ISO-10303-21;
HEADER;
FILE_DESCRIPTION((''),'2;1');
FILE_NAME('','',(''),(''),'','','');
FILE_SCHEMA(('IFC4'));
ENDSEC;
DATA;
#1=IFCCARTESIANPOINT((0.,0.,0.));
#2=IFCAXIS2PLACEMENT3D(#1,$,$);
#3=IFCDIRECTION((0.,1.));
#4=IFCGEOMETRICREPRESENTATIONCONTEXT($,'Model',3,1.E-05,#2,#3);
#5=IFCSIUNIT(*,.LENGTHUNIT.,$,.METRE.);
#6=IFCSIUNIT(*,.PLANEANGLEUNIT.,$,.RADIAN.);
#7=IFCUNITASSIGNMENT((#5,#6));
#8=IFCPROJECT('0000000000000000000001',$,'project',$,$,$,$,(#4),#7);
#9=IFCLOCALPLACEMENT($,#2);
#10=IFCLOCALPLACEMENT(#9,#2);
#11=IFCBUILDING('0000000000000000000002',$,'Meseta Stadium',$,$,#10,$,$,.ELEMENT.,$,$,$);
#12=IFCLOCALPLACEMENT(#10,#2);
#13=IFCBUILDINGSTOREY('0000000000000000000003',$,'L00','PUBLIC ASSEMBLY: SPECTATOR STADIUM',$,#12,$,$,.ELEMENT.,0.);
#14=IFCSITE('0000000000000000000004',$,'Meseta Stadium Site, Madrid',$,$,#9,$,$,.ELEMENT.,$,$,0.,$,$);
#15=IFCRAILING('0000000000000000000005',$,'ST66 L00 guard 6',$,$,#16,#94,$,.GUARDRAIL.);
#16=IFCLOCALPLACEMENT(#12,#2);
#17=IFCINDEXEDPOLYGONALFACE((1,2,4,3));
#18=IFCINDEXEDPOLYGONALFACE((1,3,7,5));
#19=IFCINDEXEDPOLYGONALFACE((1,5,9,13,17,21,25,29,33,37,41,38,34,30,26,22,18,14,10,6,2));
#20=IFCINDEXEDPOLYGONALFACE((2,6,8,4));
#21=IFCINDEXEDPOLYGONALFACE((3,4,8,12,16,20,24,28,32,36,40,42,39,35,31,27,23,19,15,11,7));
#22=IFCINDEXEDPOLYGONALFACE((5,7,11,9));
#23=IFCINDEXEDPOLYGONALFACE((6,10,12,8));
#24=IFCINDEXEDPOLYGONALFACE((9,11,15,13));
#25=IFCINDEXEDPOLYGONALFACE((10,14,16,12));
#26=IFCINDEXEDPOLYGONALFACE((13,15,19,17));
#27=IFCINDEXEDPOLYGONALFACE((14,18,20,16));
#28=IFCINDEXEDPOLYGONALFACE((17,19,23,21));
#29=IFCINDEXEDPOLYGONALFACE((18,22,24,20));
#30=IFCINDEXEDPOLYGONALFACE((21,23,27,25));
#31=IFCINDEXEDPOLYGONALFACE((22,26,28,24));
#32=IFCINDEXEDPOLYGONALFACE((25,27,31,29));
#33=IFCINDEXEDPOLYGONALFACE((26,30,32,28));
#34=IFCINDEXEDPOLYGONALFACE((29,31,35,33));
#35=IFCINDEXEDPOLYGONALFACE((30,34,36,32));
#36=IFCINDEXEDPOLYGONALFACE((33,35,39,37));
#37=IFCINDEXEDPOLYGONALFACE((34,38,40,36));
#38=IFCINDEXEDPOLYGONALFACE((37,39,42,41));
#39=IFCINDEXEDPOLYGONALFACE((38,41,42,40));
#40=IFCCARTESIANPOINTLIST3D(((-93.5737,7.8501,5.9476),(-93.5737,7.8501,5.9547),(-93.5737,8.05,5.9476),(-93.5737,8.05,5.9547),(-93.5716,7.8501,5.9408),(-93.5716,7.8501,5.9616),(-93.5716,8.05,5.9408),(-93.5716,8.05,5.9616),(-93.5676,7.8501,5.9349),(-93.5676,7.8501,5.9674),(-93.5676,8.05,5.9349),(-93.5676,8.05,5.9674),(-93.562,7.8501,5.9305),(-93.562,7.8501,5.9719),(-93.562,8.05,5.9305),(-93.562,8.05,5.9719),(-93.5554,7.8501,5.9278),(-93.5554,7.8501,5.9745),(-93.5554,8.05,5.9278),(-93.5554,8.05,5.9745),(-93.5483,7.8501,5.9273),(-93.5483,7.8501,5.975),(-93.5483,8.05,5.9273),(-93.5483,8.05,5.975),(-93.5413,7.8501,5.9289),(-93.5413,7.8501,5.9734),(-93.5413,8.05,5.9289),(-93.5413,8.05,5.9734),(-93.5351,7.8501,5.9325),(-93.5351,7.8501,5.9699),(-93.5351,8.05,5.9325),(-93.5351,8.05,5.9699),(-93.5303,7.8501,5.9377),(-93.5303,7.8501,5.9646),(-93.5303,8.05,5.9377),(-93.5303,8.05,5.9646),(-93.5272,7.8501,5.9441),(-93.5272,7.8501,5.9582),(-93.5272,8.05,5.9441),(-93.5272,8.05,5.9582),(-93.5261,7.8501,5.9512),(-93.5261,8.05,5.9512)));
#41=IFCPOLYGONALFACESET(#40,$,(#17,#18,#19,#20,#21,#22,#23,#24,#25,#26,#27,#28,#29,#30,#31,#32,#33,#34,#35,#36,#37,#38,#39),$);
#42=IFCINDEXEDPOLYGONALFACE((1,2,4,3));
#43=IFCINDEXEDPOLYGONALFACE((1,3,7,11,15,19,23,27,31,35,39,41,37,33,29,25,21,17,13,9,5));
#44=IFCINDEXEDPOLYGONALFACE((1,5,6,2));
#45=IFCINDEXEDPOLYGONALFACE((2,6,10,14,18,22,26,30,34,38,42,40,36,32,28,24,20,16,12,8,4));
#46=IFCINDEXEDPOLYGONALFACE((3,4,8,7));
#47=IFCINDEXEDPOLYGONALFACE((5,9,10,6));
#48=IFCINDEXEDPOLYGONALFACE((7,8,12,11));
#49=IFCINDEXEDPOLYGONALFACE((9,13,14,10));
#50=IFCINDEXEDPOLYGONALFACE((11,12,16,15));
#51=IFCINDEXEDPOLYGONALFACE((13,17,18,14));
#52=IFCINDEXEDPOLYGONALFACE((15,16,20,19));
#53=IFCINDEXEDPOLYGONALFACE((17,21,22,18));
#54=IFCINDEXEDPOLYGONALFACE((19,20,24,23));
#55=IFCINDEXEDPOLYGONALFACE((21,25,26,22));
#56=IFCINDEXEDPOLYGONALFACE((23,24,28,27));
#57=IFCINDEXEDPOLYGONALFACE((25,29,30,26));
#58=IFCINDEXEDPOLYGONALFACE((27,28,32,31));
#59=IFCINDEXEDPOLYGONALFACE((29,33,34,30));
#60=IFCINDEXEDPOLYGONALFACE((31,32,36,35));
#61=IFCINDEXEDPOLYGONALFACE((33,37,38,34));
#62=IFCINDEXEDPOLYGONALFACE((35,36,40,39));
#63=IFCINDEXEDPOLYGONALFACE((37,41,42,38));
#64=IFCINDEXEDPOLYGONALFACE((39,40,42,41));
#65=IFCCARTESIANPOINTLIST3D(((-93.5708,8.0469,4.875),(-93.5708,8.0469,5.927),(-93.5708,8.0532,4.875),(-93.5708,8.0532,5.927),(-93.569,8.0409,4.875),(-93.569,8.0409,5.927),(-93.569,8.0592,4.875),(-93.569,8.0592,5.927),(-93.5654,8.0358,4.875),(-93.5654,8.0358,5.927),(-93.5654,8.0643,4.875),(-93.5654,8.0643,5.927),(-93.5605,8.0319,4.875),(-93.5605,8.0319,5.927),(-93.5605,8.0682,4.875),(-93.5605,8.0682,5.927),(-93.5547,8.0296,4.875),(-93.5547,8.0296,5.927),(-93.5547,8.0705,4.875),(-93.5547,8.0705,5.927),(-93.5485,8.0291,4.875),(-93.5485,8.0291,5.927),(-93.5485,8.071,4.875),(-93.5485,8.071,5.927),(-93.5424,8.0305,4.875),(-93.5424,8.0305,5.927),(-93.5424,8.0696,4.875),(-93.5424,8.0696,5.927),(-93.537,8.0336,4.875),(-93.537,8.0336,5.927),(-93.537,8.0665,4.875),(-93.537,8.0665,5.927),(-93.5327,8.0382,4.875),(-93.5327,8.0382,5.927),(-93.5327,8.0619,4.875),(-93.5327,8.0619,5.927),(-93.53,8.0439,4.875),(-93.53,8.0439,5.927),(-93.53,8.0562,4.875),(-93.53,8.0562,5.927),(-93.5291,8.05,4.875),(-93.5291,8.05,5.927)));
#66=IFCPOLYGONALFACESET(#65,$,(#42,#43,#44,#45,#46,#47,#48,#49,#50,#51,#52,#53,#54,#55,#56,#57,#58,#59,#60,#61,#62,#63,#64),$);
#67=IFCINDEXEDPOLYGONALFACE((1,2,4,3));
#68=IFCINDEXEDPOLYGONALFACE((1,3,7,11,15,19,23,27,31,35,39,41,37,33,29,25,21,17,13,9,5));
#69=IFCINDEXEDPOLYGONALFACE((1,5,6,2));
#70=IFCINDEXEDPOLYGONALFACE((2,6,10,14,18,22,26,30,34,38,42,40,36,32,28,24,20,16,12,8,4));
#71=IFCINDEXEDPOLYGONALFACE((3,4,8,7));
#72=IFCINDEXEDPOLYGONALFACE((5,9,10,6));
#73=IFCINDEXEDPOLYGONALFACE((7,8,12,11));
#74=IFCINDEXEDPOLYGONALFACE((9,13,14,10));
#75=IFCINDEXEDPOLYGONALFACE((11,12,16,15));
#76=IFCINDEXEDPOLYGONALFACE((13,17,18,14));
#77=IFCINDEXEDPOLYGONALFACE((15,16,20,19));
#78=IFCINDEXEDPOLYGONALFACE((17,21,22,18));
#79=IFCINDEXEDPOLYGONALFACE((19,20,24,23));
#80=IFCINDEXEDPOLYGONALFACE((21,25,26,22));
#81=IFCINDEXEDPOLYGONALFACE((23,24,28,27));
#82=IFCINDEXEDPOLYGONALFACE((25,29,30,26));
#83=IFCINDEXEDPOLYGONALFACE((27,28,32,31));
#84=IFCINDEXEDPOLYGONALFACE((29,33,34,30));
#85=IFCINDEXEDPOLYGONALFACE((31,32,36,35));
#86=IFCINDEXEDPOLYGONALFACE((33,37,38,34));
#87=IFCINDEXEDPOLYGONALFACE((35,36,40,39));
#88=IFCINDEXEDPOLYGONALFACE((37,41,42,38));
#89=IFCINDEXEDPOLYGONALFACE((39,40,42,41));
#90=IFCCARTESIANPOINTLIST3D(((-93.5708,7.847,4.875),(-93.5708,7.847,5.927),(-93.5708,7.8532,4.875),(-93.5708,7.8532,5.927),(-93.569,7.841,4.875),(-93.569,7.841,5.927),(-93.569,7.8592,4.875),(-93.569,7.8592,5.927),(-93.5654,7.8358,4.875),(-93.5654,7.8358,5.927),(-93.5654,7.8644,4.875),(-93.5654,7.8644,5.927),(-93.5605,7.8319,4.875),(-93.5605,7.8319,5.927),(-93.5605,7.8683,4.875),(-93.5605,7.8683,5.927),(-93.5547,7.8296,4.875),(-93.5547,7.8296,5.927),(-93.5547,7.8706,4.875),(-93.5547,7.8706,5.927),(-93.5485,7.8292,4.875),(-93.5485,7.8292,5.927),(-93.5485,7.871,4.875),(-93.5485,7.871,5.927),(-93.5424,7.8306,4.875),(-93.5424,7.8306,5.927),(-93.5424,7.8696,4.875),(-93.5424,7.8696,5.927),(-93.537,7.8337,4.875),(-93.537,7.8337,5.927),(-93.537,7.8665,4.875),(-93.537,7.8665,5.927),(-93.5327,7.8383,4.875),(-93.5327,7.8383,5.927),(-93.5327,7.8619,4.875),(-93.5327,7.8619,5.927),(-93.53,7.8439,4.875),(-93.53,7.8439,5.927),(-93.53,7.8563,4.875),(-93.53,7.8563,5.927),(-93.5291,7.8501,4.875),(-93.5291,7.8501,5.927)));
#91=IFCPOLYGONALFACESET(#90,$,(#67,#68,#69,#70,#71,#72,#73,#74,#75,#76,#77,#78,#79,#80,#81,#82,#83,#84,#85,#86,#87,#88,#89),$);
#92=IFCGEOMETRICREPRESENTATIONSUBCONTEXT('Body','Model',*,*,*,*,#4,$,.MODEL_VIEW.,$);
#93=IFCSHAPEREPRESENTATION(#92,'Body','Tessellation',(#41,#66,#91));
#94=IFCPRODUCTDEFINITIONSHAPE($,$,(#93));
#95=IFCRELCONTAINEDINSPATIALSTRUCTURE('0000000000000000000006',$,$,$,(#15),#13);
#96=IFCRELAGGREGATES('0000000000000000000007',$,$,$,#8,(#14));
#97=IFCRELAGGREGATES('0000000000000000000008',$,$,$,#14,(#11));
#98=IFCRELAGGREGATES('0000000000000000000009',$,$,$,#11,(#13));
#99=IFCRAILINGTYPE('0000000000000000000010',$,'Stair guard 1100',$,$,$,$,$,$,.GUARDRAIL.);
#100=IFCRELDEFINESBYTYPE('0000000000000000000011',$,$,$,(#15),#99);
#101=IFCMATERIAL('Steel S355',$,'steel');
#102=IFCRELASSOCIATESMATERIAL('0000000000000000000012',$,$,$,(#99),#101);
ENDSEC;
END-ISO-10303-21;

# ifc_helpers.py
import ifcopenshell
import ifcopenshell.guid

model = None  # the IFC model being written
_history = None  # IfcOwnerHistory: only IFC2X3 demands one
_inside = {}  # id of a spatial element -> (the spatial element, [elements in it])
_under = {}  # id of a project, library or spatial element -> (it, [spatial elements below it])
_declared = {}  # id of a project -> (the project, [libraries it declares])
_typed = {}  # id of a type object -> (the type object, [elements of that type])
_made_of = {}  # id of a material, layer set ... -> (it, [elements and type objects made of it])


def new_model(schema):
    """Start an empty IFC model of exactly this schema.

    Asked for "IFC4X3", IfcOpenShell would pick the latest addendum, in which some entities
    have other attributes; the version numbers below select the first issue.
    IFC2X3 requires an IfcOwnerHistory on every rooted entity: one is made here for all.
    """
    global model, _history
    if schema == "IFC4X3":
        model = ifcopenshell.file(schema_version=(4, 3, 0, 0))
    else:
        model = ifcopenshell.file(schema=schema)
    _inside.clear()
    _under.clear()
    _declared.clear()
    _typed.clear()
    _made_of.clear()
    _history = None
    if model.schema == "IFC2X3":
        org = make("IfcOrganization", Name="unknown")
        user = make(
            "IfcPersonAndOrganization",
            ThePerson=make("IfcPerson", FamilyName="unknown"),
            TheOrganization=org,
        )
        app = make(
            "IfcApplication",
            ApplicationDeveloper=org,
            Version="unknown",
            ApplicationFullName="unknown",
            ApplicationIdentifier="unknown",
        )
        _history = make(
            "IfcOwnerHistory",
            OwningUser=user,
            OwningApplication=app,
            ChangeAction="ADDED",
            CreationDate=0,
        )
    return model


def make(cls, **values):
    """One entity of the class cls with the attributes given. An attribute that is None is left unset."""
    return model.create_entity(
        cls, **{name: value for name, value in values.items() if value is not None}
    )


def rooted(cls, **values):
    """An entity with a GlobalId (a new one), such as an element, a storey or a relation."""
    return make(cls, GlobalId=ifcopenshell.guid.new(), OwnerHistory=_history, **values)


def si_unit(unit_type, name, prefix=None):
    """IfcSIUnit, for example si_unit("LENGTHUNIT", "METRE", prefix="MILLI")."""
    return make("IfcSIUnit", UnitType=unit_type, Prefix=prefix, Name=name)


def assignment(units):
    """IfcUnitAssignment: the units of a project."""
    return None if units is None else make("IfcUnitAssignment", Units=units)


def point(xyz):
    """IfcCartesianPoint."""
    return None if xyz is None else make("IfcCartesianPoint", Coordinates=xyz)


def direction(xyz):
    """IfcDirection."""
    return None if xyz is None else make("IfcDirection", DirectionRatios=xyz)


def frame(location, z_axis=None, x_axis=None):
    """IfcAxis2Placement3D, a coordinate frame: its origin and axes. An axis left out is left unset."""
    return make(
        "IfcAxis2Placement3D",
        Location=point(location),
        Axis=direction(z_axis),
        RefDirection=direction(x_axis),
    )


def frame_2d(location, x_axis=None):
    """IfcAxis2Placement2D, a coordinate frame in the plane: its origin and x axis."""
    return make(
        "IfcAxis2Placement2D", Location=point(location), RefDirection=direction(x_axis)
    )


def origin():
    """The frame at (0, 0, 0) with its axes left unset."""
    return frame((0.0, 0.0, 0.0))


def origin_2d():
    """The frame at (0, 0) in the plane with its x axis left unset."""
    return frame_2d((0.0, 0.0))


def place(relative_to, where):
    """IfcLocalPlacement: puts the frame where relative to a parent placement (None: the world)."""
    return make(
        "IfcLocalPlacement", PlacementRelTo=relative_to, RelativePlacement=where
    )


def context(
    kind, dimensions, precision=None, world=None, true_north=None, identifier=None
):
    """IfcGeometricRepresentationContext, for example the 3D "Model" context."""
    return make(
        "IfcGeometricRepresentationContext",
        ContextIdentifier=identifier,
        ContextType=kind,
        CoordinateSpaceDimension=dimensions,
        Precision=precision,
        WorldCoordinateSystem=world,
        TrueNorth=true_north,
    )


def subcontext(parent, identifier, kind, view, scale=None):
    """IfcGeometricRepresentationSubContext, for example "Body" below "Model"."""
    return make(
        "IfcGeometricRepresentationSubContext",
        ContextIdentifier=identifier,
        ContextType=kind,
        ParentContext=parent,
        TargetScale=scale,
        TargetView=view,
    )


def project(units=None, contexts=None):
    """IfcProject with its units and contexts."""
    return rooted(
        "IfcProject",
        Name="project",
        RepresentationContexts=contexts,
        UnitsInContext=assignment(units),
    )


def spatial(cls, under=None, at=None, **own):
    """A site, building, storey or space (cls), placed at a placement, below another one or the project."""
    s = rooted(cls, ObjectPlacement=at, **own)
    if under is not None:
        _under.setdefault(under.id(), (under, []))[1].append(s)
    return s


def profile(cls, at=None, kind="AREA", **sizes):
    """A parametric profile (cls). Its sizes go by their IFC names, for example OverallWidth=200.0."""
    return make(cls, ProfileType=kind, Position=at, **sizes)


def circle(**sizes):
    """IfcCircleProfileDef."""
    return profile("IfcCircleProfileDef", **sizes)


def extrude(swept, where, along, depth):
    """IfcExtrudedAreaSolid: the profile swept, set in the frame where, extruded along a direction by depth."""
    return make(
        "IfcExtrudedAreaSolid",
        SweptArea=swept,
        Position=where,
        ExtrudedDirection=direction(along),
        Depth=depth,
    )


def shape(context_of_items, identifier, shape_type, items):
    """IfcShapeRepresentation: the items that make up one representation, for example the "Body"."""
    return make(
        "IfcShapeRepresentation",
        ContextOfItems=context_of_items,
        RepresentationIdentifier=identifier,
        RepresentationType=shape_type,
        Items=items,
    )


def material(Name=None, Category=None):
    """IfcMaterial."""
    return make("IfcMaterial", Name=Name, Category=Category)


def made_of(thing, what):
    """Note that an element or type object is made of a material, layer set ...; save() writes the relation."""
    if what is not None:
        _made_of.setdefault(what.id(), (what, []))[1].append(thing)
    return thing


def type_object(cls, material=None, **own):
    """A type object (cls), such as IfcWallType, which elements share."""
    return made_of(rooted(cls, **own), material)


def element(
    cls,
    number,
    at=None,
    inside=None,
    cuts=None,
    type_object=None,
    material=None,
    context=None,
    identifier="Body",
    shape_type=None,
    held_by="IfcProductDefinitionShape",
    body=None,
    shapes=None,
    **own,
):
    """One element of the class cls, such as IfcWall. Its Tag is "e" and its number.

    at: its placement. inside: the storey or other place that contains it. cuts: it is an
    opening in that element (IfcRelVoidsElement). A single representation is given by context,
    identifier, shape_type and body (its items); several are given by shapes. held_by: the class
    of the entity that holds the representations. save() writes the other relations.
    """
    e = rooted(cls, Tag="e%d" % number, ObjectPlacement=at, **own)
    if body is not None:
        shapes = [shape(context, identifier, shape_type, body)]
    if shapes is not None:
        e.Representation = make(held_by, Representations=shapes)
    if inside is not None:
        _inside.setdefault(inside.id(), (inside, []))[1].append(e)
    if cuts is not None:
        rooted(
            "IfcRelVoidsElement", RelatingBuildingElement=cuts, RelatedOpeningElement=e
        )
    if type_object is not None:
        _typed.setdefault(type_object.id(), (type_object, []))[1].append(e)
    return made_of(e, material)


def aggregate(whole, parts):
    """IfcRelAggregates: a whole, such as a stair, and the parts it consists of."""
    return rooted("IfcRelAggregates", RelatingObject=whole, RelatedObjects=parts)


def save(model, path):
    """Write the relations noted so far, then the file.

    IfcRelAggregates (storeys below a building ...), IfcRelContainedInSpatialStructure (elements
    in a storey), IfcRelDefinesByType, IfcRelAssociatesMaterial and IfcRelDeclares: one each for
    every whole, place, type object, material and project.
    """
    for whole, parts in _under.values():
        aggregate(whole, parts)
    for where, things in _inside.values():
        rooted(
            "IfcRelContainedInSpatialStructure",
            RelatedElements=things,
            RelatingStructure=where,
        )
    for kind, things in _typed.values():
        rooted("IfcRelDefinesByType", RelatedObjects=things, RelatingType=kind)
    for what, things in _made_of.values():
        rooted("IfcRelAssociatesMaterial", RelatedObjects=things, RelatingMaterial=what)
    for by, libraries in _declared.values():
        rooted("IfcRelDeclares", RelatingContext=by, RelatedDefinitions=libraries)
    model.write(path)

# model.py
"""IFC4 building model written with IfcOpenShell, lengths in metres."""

from ifc_helpers import new_model, si_unit, direction, frame, origin, origin_2d, place, context, subcontext, project, spatial, circle, extrude, material, type_object, element, save


model = new_model("IFC4")

# Units and contexts
model_context = context("Model", 3, precision=1e-05, world=origin(), true_north=direction((0.0, 1.0)))
body_context = subcontext(model_context, "Body", "Model", "MODEL_VIEW")
ifc_project = project(units=[si_unit("LENGTHUNIT", "METRE"), si_unit("PLANEANGLEUNIT", "RADIAN")], contexts=[model_context])

# Site, building, storey
site_placement = place(None, origin())
site = spatial("IfcSite", under=ifc_project, at=site_placement, Name="Meseta Stadium Site, Madrid", CompositionType="ELEMENT", RefElevation=0.0)
building_placement = place(site_placement, origin())
building = spatial("IfcBuilding", under=site, at=building_placement, Name="Meseta Stadium", CompositionType="ELEMENT")
storey_placement = place(building_placement, origin())
storey = spatial("IfcBuildingStorey", under=building, at=storey_placement, Name="L00", Description="PUBLIC ASSEMBLY: SPECTATOR STADIUM", CompositionType="ELEMENT", Elevation=0.0)

# Railing
ifc_material_1 = material(Name="Steel S355", Category="steel")
railing_type_1 = type_object("IfcRailingType", Name="Stair guard 1100", PredefinedType="GUARDRAIL", material=ifc_material_1)
railing_1_placement = place(storey_placement, frame((-93.55, 8.05, 4.875)))
element("IfcRailing", 1, at=railing_1_placement, inside=storey, type_object=railing_type_1, Name="ST66 L00 guard 6", PredefinedType="GUARDRAIL", context=body_context, shape_type="SweptSolid", body=[
    extrude(circle(Radius=0.0239, at=origin_2d()), frame((0.0, 0.0, 1.0762), z_axis=(0.0, -1.0, 0.0), x_axis=(1.0, 0.0, 0.0)), (0.0, 0.0, 1.0), 0.2),
    extrude(circle(Radius=0.021, at=origin_2d()), origin(), (0.0, 0.0, 1.0), 1.052),
    extrude(circle(Radius=0.021, at=origin_2d()), frame((0.0, -0.2, 0.0)), (0.0, 0.0, 1.0), 1.052),
])

save(model, "model.ifc")
